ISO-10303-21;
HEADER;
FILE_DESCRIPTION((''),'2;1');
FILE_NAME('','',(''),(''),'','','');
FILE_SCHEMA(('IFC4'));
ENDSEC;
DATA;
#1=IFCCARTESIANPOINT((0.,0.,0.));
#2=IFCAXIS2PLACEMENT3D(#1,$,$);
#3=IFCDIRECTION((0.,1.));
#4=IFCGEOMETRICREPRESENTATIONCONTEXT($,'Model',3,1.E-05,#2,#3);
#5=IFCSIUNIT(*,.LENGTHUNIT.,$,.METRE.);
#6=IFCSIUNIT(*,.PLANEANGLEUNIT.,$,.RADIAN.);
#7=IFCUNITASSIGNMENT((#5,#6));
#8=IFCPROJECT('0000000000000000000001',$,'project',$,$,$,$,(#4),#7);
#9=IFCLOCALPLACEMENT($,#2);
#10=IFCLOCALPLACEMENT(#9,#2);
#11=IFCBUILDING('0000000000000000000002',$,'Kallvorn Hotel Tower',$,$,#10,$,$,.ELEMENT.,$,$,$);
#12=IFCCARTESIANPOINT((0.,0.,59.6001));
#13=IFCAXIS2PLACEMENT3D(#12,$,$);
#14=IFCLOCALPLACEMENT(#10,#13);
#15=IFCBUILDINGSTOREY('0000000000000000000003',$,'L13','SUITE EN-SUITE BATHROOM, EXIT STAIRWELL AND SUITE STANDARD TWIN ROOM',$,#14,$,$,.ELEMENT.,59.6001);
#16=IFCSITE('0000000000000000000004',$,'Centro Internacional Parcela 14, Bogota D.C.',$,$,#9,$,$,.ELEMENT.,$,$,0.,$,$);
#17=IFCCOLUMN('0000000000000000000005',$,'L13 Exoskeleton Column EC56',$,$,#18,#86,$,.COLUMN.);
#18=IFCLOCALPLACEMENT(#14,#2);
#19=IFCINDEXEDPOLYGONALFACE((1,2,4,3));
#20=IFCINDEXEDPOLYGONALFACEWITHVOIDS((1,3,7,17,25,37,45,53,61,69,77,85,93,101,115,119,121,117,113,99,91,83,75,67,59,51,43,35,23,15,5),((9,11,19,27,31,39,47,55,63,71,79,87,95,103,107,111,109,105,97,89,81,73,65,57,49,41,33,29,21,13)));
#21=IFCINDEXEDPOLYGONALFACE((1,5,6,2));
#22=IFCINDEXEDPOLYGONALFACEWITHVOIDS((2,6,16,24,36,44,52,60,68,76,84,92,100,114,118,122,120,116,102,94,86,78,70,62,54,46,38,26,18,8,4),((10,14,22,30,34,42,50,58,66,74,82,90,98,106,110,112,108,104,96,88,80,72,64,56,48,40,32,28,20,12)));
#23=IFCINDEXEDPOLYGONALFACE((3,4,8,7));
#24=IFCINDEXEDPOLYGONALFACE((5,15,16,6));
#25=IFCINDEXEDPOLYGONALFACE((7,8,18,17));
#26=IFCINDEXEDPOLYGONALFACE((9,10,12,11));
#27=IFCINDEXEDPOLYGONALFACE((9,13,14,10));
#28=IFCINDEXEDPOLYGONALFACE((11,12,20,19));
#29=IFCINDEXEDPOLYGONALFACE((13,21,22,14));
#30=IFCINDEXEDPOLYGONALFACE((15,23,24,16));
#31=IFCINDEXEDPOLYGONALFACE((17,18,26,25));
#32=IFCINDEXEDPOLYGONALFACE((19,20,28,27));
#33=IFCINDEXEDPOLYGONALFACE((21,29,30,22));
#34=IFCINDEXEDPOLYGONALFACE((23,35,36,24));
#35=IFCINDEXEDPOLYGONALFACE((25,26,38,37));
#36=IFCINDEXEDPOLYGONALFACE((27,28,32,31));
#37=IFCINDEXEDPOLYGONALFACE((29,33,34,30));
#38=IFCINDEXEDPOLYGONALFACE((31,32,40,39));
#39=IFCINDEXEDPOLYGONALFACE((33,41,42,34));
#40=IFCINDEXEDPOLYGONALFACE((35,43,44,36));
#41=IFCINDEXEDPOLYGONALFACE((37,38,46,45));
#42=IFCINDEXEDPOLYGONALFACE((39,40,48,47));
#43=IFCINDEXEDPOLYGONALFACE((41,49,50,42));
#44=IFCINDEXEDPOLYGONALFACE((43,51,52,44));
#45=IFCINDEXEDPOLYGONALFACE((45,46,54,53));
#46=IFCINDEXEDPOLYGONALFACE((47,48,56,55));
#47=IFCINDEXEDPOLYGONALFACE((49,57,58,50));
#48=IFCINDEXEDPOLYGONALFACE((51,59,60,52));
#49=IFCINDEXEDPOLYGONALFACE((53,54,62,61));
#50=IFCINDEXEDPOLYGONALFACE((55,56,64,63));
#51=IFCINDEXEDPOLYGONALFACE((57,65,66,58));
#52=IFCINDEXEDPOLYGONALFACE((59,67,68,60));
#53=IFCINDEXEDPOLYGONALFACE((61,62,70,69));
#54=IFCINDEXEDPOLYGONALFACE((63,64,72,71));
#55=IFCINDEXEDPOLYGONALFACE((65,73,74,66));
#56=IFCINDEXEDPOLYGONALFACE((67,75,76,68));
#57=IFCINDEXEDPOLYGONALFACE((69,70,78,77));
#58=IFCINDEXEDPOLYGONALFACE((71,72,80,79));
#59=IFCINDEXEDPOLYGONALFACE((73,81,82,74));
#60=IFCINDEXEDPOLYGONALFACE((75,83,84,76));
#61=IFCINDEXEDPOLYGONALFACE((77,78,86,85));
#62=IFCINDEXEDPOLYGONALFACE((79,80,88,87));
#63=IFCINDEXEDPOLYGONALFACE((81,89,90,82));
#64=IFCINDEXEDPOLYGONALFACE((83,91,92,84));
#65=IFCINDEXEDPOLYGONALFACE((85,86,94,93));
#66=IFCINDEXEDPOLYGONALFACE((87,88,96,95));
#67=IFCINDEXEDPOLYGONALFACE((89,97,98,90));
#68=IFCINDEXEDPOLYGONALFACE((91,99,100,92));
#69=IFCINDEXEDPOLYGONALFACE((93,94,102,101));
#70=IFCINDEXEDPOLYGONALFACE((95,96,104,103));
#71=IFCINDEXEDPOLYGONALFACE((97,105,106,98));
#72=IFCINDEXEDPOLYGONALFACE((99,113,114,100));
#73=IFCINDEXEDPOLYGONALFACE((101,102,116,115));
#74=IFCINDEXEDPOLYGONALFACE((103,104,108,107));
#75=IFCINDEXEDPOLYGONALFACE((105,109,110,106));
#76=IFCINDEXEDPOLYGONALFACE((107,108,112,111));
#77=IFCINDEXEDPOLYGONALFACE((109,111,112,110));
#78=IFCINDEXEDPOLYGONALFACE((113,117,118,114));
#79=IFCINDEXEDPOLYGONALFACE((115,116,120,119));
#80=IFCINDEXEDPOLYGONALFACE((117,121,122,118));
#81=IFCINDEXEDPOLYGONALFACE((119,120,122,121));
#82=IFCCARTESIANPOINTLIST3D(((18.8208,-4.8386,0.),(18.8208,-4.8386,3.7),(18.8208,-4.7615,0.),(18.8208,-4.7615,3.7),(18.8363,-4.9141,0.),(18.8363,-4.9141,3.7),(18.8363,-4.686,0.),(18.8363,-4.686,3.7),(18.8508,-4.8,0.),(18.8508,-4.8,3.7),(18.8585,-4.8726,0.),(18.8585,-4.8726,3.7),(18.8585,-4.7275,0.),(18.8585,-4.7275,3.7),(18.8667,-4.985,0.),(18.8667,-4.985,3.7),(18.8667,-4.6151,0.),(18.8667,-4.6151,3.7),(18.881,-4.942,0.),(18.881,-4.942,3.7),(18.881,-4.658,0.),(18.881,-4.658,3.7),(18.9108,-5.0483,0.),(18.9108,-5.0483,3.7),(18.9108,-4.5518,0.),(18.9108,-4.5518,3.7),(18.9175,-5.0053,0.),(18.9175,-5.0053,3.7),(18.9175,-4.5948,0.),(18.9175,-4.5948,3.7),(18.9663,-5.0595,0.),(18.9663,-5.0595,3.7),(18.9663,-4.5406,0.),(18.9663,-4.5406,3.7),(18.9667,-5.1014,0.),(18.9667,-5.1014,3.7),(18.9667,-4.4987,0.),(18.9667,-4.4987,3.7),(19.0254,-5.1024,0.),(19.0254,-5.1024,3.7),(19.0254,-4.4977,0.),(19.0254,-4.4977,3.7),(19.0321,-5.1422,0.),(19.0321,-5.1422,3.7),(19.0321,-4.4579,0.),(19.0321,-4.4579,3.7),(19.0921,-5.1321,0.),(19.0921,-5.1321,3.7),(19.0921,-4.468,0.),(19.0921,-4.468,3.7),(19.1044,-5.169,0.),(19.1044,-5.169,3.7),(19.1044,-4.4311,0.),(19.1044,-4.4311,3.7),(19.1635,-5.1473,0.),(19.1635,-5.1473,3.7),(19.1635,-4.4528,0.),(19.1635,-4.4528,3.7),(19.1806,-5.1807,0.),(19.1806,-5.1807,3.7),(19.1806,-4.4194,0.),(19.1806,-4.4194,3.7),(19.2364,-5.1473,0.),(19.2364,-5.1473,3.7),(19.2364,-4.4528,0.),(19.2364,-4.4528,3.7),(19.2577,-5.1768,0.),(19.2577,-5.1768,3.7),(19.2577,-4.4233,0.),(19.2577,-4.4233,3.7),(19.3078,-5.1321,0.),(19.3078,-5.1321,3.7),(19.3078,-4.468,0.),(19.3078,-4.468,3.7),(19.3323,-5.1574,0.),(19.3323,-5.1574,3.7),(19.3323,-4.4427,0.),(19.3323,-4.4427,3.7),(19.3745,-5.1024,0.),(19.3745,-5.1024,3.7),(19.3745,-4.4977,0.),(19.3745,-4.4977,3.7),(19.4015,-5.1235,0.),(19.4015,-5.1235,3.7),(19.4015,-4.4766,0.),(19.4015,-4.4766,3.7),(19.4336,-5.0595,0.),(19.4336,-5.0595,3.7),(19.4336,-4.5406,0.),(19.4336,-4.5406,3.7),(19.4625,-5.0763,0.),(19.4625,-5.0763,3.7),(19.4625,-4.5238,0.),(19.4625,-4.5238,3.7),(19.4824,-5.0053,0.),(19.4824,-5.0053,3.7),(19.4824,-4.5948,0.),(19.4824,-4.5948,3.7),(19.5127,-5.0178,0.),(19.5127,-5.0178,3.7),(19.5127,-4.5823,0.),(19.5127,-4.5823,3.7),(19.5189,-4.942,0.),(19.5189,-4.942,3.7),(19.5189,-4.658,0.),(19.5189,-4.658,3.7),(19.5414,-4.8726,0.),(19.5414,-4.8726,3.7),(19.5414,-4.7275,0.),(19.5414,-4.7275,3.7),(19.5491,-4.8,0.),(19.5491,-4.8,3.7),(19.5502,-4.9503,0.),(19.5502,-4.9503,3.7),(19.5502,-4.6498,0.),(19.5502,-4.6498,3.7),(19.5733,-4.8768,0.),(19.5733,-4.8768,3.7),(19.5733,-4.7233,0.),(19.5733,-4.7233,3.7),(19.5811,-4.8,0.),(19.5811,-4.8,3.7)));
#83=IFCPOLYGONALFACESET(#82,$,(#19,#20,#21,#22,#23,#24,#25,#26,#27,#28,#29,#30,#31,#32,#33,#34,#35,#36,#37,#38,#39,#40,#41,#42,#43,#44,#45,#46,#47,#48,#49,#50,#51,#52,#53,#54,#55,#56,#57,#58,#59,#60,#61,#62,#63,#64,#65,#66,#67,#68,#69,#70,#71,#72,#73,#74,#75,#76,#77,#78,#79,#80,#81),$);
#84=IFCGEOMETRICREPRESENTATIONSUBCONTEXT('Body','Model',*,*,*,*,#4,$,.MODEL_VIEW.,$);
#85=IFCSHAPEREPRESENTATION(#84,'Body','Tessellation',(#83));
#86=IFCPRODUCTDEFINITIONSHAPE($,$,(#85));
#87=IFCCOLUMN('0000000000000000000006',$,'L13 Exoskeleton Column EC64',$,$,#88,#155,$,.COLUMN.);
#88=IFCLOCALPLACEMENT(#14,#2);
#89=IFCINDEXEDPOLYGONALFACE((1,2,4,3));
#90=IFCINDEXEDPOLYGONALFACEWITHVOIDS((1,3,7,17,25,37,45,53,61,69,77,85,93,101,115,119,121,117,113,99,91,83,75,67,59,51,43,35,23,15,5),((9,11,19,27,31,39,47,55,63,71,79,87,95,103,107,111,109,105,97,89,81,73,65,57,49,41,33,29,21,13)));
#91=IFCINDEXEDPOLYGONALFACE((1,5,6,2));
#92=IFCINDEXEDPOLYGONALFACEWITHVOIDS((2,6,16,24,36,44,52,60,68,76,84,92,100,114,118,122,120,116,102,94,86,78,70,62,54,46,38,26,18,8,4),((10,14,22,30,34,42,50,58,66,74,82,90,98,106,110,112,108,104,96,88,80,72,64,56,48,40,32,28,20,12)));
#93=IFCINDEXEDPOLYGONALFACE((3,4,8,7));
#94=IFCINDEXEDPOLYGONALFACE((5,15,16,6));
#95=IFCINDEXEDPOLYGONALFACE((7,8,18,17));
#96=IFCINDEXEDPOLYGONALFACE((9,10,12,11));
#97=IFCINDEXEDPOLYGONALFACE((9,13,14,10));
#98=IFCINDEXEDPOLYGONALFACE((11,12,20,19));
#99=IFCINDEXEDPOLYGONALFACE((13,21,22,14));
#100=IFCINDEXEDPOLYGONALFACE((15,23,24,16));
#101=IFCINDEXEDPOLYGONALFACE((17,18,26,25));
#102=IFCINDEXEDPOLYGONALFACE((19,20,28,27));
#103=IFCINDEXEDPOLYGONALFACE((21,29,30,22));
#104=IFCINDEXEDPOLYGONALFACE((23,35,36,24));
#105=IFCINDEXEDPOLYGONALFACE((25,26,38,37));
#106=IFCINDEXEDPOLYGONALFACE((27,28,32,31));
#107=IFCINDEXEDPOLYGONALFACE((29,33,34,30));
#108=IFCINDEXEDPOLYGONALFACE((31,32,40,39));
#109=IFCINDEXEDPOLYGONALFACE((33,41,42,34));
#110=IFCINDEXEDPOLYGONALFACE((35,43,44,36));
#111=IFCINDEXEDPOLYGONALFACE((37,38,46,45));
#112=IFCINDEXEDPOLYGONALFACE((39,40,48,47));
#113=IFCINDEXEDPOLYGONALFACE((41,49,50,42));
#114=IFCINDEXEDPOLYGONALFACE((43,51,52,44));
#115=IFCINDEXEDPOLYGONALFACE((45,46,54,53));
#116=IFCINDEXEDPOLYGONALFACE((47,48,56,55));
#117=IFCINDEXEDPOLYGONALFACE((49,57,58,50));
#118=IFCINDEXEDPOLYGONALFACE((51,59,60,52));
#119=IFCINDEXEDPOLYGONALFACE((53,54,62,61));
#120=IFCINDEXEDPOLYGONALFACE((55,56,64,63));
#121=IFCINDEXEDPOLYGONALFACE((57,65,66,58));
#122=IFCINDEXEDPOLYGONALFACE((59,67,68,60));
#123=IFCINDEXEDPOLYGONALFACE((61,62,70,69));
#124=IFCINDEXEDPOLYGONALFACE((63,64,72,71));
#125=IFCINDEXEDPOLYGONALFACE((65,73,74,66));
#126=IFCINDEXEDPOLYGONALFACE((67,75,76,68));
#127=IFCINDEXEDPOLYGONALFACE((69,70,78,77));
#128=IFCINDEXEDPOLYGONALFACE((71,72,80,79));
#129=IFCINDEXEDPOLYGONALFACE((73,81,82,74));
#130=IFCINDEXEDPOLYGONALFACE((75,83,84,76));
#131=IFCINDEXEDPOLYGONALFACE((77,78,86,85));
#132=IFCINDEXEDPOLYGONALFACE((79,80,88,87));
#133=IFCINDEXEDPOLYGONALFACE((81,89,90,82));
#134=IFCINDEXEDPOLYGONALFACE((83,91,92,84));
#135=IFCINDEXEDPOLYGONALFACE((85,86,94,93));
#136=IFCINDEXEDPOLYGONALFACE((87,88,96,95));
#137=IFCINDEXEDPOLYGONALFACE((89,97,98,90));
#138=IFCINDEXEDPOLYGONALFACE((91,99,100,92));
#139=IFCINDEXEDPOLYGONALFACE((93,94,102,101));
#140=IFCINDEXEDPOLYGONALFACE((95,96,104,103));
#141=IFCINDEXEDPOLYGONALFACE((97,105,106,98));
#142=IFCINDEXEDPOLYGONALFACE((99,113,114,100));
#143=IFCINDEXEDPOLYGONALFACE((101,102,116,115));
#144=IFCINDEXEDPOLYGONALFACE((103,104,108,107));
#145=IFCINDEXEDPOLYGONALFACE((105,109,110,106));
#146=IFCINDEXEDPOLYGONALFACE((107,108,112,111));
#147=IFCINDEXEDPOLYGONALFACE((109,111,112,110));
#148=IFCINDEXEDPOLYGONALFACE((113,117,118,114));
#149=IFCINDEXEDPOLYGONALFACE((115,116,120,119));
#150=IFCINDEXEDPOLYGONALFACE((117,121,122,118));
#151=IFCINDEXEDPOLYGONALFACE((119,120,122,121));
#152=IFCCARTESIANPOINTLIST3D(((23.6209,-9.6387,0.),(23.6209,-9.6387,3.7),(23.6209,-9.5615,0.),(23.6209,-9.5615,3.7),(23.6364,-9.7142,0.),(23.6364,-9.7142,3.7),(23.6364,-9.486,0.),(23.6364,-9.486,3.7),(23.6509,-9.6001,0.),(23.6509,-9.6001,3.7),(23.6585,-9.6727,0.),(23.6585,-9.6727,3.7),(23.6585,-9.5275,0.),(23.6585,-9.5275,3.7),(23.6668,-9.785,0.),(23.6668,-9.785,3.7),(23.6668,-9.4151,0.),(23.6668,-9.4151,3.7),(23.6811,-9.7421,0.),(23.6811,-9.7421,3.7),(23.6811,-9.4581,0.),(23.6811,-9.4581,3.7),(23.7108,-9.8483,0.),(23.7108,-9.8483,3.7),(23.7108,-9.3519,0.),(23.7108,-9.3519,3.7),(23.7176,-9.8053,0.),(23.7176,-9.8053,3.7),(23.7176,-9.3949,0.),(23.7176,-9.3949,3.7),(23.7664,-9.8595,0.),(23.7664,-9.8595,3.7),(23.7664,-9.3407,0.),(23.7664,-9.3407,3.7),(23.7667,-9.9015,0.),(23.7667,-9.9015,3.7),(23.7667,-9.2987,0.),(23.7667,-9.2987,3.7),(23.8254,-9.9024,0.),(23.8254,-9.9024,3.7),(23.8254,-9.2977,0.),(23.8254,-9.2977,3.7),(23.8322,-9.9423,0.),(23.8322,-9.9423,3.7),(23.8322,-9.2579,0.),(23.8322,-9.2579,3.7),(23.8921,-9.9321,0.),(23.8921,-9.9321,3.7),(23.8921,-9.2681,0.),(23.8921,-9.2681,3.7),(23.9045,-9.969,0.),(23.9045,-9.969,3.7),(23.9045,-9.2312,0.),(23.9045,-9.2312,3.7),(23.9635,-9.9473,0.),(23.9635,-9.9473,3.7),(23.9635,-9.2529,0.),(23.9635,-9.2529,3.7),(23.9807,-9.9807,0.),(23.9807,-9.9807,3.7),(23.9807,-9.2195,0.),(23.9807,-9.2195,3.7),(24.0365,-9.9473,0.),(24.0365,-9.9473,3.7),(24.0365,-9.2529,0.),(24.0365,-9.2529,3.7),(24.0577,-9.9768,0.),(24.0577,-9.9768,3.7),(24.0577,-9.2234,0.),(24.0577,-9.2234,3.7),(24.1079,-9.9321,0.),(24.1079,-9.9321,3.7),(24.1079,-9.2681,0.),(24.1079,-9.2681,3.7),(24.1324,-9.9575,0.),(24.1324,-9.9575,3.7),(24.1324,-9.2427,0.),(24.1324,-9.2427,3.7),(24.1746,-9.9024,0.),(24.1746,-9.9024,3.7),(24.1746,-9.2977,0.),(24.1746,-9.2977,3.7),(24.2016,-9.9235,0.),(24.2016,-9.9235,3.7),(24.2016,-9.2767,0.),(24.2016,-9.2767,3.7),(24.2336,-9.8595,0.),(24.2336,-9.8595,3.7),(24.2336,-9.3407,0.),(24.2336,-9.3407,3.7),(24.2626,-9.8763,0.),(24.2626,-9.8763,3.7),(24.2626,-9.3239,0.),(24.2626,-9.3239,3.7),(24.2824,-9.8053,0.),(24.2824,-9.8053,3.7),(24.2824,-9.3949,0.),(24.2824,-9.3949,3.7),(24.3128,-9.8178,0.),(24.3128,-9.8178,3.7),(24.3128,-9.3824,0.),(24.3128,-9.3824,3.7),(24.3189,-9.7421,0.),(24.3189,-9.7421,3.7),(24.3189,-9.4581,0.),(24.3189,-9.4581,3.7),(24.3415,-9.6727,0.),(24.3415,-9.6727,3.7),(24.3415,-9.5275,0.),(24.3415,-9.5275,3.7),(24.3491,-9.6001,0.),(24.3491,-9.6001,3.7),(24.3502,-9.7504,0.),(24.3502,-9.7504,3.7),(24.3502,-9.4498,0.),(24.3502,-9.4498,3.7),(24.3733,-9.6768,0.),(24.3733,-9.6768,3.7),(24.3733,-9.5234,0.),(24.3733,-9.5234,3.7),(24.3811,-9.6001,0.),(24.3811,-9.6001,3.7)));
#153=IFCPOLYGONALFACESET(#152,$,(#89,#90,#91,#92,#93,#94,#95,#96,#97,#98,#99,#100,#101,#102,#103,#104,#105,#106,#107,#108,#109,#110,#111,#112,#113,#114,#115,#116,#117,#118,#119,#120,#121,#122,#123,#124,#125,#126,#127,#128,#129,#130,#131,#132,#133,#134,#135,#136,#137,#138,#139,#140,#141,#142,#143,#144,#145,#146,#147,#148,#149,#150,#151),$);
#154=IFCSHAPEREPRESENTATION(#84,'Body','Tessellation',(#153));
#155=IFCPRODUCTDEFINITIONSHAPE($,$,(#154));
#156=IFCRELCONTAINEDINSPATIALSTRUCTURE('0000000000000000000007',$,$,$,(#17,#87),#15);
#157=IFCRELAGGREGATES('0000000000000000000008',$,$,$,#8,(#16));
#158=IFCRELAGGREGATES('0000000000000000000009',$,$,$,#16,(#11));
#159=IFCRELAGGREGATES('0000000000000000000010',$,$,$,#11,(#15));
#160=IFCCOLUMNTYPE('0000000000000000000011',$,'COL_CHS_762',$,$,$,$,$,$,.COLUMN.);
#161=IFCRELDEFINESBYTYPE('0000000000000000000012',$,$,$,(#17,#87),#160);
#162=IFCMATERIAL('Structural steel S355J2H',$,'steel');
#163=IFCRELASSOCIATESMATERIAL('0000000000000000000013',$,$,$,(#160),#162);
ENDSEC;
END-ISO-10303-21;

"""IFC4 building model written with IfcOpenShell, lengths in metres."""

from ifc_helpers import new_model, si_unit, direction, frame, origin, origin_2d, place, context, subcontext, project, spatial, hollow_circle, extrude, material, material_profile, profile_set, type_object, element, save


model = new_model("IFC4")

# Units and contexts
model_context = context("Model", 3, precision=1e-05, world=origin(), true_north=direction((0.0, 1.0)))
body_context = subcontext(model_context, "Body", "Model", "MODEL_VIEW")
ifc_project = project(units=[si_unit("LENGTHUNIT", "METRE"), si_unit("PLANEANGLEUNIT", "RADIAN")], contexts=[model_context])

# Site, building, storey
site_placement = place(None, origin())
site = spatial("IfcSite", under=ifc_project, at=site_placement, Name="Centro Internacional Parcela 14, Bogota D.C.", CompositionType="ELEMENT", RefElevation=0.0)
building_placement = place(site_placement, origin())
building = spatial("IfcBuilding", under=site, at=building_placement, Name="Kallvorn Hotel Tower", CompositionType="ELEMENT")
storey_placement = place(building_placement, frame((0.0, 0.0, 59.6001)))
storey = spatial("IfcBuildingStorey", under=building, at=storey_placement, Name="L13", Description="SUITE EN-SUITE BATHROOM, EXIT STAIRWELL AND SUITE STANDARD TWIN ROOM", CompositionType="ELEMENT", Elevation=59.6001)

# Columns
ifc_material_1 = material(Name="Structural steel S355J2H", Category="steel")
ifc_material_profile_1 = material_profile(ifc_material_1, hollow_circle(Radius=0.3811, WallThickness=0.032, at=origin_2d()), Name="CHS 762x32")
ifc_profile_set_1 = profile_set([ifc_material_profile_1], Name="Structural steel S355J2H")
column_type_1 = type_object("IfcColumnType", Name="COL_CHS_762", PredefinedType="COLUMN", material=ifc_profile_set_1)
for number, where, z_axis, x_axis, name in (
    (1, (19.2, -4.8, 0.0), (0.0, 0.0, 1.0), (1.0, 0.0, 0.0), "L13 Exoskeleton Column EC56"),
    (2, (24.0, -9.6001, 0.0), (0.0, 0.0, 1.0), (1.0, 0.0, 0.0), "L13 Exoskeleton Column EC64"),
):
    element("IfcColumn", number, at=place(storey_placement, frame(where, z_axis=z_axis, x_axis=x_axis)), inside=storey, type_object=column_type_1, Name=name, PredefinedType="COLUMN", context=body_context, shape_type="SweptSolid", body=[
        extrude(hollow_circle(Radius=0.3811, WallThickness=0.032, at=origin_2d()), origin(), (0.0, 0.0, 1.0), 3.7),
    ])

save(model, "model.ifc")
